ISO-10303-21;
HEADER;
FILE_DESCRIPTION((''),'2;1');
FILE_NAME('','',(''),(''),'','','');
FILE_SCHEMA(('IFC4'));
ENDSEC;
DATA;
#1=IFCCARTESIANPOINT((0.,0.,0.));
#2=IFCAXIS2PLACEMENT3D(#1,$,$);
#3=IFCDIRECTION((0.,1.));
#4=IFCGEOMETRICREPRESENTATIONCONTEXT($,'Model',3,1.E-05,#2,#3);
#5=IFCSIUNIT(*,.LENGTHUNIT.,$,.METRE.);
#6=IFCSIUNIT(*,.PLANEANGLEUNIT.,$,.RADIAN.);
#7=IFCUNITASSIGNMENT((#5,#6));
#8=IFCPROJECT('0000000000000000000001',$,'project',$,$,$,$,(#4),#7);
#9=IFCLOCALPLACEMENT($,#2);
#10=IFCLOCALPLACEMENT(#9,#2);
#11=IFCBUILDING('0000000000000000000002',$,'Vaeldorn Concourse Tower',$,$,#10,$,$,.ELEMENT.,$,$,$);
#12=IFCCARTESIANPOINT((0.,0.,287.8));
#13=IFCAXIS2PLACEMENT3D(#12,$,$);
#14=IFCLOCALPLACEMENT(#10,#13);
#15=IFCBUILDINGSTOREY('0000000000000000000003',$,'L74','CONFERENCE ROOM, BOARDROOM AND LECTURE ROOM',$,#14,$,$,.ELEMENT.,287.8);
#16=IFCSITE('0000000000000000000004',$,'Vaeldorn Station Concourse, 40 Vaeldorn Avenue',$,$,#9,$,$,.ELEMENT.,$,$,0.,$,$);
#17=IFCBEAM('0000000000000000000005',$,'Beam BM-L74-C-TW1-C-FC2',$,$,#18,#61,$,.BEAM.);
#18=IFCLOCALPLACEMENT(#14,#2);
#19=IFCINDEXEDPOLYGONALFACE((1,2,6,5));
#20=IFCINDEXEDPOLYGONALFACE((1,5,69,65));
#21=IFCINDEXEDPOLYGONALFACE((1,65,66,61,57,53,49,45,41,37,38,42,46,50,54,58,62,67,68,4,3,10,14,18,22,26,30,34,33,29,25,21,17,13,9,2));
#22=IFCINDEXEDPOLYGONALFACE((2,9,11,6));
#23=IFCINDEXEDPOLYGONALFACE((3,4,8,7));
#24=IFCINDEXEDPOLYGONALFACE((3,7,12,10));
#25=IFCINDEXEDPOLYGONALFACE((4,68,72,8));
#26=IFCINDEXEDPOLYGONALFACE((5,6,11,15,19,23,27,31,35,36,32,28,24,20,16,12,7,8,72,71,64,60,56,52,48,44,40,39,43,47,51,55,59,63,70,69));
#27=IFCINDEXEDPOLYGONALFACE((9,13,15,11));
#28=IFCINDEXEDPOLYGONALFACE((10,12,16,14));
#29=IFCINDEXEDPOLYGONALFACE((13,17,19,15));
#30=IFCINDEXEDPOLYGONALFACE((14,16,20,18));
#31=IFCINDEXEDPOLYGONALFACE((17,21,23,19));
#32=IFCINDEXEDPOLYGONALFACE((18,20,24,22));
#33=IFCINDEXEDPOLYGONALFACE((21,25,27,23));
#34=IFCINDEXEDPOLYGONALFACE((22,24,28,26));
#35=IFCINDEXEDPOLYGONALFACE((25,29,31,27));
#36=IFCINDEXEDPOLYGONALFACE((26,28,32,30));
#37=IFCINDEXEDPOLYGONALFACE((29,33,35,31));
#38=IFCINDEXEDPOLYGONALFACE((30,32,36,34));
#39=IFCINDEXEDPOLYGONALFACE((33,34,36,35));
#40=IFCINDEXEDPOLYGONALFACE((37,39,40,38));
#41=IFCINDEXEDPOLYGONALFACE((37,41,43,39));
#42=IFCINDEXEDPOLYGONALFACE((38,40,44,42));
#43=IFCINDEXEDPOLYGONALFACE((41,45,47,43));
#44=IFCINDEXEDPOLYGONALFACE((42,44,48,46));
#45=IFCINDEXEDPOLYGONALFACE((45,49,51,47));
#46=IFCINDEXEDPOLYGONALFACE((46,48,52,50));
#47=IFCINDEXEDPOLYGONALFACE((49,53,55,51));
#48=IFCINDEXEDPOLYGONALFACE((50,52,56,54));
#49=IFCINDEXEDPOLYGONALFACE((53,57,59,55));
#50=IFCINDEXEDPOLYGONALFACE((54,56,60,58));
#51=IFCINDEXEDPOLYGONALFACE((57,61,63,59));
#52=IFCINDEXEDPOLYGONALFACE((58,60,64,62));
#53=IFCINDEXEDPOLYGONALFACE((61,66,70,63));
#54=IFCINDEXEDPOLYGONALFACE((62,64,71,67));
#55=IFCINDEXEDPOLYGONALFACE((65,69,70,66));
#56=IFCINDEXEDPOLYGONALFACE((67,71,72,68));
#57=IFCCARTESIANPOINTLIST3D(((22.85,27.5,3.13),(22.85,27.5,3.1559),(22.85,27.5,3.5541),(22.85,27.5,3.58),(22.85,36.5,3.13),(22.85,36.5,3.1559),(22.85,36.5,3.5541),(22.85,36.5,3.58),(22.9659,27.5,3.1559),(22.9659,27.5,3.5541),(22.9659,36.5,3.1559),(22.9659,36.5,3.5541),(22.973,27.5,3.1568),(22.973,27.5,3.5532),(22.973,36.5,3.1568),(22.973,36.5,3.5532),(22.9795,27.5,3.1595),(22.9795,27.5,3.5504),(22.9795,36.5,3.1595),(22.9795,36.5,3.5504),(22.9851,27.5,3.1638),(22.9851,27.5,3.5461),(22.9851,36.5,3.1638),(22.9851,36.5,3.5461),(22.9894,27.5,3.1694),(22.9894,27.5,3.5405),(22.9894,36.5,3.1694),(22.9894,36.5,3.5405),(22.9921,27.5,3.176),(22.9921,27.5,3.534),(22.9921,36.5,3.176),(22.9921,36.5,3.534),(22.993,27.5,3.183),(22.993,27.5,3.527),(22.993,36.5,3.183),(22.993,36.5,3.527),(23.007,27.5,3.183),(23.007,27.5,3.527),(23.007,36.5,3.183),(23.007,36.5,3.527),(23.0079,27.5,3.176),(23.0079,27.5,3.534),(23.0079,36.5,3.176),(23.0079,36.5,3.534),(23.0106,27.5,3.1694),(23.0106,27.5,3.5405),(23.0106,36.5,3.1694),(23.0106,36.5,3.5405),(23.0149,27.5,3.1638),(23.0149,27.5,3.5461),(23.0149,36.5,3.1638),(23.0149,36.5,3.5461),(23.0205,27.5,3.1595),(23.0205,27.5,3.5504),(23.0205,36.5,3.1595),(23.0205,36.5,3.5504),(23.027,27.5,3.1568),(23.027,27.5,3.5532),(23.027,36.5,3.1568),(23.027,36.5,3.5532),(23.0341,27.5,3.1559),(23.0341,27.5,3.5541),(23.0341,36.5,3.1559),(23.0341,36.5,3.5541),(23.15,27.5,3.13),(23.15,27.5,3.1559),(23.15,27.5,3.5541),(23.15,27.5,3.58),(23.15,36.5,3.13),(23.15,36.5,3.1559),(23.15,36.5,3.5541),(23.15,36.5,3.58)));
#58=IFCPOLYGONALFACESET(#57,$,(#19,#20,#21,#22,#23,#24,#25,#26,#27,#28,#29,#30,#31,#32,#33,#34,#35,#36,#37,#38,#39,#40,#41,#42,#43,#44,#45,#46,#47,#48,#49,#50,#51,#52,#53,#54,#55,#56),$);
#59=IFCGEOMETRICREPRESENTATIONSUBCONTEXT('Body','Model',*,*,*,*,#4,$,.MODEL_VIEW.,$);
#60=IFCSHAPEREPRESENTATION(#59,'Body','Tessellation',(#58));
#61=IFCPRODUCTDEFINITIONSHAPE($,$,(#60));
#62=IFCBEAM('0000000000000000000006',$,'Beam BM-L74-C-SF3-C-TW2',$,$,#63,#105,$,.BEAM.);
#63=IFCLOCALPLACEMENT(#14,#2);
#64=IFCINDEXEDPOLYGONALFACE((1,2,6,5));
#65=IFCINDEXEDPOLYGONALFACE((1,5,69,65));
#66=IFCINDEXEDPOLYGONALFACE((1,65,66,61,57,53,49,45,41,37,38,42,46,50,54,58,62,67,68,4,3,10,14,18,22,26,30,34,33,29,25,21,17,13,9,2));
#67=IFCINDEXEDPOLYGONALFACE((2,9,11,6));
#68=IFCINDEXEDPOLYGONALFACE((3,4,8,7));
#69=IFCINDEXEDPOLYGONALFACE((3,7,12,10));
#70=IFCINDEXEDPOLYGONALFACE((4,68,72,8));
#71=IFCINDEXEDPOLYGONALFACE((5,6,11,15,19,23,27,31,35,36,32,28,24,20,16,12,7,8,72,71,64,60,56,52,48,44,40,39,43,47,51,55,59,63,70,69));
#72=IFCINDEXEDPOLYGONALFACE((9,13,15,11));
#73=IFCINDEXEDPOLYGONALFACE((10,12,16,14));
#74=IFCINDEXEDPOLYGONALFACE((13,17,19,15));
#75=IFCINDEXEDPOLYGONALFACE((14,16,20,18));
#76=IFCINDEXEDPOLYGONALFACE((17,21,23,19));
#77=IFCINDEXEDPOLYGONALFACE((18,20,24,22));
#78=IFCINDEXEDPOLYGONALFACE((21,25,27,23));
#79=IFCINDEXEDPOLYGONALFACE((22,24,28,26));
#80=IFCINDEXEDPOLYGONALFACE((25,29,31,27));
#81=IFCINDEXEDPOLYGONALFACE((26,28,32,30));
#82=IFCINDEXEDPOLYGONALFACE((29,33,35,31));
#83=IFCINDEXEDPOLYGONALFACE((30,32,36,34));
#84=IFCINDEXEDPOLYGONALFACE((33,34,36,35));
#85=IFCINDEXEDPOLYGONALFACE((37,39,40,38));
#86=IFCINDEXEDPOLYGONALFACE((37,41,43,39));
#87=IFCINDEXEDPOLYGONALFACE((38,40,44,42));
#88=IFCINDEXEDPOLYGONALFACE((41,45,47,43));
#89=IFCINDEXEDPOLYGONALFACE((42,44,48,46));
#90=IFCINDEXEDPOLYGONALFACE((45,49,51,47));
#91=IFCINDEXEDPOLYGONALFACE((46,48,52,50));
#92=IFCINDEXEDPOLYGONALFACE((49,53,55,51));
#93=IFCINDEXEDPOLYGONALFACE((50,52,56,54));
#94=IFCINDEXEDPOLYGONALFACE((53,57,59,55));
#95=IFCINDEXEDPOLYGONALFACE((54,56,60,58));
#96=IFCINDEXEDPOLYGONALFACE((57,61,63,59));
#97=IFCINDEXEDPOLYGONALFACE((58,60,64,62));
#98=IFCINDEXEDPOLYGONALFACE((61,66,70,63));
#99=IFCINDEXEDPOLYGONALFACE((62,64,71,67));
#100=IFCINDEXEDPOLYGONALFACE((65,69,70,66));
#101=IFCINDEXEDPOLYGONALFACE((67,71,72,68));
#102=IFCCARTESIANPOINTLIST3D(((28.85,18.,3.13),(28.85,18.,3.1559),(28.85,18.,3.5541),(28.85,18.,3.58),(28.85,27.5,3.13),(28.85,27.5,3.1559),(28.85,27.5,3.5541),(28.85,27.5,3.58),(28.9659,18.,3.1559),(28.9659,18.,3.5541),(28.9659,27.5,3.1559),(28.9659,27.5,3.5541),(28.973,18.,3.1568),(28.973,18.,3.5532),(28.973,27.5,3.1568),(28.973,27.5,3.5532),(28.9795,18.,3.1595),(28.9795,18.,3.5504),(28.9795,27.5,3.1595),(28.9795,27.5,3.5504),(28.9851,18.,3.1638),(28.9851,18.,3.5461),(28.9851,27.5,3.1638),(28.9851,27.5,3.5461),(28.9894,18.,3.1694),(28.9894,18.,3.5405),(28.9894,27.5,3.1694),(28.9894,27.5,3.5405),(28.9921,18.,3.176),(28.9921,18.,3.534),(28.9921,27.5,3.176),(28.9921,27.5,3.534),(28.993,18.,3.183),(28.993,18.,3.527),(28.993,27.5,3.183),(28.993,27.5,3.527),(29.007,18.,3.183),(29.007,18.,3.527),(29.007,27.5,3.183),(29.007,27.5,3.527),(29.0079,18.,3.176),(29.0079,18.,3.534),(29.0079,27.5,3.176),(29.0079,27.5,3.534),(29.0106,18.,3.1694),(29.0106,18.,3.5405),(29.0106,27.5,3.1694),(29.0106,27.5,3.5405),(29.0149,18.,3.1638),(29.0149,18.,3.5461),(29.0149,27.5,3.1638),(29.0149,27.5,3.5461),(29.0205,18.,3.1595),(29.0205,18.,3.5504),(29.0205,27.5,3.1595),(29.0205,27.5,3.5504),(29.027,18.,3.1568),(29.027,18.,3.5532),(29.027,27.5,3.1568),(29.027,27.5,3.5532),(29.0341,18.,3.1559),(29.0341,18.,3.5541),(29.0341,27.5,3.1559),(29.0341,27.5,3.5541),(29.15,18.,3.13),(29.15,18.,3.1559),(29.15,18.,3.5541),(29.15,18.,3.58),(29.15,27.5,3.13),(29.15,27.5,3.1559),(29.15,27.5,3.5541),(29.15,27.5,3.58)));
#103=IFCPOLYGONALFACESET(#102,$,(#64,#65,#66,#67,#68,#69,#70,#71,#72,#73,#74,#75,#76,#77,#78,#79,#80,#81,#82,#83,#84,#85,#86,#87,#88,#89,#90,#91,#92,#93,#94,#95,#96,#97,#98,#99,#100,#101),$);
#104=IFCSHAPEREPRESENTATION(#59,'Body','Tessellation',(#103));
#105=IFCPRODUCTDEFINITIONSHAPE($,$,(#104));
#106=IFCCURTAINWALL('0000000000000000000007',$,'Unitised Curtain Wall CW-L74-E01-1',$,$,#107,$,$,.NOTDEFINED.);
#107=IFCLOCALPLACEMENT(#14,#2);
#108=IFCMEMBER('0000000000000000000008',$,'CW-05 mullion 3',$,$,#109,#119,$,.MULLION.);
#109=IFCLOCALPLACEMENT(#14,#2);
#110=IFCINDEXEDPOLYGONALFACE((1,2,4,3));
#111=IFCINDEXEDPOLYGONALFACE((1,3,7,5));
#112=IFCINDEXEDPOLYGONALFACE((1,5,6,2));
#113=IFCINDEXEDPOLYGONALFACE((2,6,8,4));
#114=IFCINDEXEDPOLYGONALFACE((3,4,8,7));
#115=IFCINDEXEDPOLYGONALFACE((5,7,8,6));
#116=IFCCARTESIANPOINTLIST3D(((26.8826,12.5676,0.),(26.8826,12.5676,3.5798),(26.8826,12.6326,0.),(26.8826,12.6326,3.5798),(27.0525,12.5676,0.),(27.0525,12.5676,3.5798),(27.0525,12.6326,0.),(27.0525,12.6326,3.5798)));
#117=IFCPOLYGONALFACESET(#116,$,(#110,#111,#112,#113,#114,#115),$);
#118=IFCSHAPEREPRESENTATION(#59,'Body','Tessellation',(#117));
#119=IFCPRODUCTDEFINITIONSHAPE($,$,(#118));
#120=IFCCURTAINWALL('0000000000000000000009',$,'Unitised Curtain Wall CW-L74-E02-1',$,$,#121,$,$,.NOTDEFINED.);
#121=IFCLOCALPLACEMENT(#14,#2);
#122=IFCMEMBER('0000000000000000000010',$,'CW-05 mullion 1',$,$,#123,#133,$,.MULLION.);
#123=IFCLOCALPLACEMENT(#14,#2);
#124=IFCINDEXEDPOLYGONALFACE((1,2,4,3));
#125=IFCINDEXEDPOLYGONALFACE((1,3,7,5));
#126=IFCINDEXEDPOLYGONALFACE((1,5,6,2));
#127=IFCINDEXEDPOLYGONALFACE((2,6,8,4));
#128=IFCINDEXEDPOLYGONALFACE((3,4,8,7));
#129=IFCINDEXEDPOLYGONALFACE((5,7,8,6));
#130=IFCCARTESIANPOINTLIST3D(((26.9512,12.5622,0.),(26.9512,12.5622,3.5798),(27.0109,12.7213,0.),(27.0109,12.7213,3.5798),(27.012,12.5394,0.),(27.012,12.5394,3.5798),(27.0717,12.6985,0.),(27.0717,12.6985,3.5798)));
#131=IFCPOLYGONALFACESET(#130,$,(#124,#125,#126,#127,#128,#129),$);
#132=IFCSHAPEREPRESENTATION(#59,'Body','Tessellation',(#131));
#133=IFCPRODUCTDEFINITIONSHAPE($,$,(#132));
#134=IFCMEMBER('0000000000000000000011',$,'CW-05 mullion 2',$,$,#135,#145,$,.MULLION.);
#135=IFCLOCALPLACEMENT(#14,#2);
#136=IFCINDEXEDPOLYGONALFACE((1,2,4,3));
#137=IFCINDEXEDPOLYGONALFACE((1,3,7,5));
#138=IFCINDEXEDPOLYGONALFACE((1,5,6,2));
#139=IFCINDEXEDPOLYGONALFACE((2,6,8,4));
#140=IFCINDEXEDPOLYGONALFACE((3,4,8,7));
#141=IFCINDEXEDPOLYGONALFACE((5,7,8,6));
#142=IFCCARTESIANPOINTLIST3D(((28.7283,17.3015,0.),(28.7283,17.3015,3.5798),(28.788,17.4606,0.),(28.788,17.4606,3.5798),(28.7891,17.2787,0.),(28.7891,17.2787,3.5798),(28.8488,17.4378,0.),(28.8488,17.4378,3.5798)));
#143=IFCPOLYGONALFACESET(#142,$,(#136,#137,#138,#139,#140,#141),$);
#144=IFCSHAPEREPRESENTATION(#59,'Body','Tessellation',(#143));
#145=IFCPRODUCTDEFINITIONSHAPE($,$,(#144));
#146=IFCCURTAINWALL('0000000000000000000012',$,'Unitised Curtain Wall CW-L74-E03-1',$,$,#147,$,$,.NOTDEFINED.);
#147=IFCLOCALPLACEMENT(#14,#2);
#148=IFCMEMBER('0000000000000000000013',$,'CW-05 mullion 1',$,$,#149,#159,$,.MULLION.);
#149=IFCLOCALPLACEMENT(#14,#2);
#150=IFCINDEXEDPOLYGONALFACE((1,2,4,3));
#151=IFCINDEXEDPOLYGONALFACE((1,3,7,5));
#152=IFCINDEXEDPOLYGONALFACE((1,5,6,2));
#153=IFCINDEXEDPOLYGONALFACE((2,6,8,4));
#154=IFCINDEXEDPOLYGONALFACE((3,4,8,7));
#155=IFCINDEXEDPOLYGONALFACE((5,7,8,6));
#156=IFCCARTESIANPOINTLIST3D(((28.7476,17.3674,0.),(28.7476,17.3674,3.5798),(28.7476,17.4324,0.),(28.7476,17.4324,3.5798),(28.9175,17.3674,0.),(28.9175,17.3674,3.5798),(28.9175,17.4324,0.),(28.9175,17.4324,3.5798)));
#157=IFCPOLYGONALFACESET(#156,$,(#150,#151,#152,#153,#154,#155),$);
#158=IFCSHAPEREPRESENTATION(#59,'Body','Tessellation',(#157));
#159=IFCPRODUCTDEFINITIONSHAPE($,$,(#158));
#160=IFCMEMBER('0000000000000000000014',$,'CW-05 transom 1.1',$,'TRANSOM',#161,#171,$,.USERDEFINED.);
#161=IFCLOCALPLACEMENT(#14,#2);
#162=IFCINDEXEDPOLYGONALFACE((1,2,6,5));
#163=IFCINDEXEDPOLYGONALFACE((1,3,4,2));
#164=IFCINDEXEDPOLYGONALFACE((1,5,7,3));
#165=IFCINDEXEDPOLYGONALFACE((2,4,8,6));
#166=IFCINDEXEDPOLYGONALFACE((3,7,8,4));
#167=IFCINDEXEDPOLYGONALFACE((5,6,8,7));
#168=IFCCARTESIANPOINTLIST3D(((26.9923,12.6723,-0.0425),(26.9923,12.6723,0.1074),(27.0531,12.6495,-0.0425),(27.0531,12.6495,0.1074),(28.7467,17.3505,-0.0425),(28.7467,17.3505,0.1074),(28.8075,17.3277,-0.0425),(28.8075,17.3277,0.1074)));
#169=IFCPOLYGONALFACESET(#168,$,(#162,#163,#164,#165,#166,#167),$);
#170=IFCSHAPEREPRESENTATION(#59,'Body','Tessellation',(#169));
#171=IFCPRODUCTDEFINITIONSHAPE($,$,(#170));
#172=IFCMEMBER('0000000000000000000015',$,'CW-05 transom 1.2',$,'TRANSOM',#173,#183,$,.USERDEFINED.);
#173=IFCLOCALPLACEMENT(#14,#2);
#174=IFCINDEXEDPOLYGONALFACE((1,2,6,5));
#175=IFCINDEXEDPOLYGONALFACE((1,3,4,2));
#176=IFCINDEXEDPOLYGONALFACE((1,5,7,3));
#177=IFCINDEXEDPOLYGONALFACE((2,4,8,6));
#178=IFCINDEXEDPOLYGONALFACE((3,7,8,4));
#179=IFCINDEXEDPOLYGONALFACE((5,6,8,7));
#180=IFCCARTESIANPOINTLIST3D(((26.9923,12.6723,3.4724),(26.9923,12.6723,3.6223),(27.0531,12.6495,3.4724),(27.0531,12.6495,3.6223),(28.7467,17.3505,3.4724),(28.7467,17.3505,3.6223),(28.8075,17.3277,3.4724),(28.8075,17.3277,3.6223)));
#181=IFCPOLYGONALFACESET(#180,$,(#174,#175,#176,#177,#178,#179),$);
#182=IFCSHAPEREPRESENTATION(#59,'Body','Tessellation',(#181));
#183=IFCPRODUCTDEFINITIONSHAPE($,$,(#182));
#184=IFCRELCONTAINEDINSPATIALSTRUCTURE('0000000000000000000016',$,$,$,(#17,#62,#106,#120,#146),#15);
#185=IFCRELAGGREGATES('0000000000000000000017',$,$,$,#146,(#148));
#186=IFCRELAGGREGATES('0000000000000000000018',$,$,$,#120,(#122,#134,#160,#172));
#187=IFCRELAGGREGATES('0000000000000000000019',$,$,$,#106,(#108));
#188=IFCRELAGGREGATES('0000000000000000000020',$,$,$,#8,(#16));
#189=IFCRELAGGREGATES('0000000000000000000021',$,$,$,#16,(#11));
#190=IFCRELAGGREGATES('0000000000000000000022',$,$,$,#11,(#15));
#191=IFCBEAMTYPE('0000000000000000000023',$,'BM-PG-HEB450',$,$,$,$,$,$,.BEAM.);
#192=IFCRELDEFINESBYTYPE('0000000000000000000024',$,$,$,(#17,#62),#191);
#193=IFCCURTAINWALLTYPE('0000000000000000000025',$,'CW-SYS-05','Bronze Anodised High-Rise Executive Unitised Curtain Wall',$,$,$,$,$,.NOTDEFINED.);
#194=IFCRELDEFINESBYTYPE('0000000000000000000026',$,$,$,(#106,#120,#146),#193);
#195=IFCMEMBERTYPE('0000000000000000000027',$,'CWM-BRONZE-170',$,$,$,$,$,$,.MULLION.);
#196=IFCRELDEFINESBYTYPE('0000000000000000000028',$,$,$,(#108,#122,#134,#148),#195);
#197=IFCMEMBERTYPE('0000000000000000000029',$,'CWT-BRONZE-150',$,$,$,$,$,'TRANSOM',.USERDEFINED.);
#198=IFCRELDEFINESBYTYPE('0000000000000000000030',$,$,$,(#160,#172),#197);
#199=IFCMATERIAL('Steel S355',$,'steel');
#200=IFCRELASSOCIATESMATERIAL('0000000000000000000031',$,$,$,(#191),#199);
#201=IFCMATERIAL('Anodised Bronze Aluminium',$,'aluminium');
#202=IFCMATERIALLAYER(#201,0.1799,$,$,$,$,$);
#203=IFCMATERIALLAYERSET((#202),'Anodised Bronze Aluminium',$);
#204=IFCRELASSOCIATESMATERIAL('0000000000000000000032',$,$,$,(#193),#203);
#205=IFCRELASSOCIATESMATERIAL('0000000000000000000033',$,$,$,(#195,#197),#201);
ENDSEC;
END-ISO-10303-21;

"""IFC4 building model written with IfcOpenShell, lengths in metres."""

from ifc_helpers import new_model, si_unit, direction, frame, origin, origin_2d, place, context, subcontext, project, spatial, rectangle, i_section, extrude, source, transform, mapped, material, layer, layer_set, material_profile, profile_set, type_object, element, aggregate, save


model = new_model("IFC4")

# Units and contexts
model_context = context("Model", 3, precision=1e-05, world=origin(), true_north=direction((0.0, 1.0)))
body_context = subcontext(model_context, "Body", "Model", "MODEL_VIEW")
ifc_project = project(units=[si_unit("LENGTHUNIT", "METRE"), si_unit("PLANEANGLEUNIT", "RADIAN")], contexts=[model_context])

# Site, building, storey
site_placement = place(None, origin())
site = spatial("IfcSite", under=ifc_project, at=site_placement, Name="Vaeldorn Station Concourse, 40 Vaeldorn Avenue", CompositionType="ELEMENT", RefElevation=0.0)
building_placement = place(site_placement, origin())
building = spatial("IfcBuilding", under=site, at=building_placement, Name="Vaeldorn Concourse Tower", CompositionType="ELEMENT")
storey_placement = place(building_placement, frame((0.0, 0.0, 287.8)))
storey = spatial("IfcBuildingStorey", under=building, at=storey_placement, Name="L74", Description="CONFERENCE ROOM, BOARDROOM AND LECTURE ROOM", CompositionType="ELEMENT", Elevation=287.8)

# Shared definitions
ifc_material_1 = material(Name="Steel S355", Category="steel")

# Beams
ifc_material_profile_1 = material_profile(ifc_material_1, i_section(OverallWidth=0.3, OverallDepth=0.45, WebThickness=0.0139, FlangeThickness=0.0259, FilletRadius=0.0271, at=origin_2d()), Name="HEB 450")
ifc_profile_set_1 = profile_set([ifc_material_profile_1], Name="Steel S355")
beam_type_1 = type_object("IfcBeamType", Name="BM-PG-HEB450", PredefinedType="BEAM", material=ifc_profile_set_1)
shared_shape_1 = source(origin(), body_context, "Body", "SweptSolid", [
    extrude(i_section(OverallWidth=0.3, OverallDepth=0.45, WebThickness=0.0139, FlangeThickness=0.0259, FilletRadius=0.0271, at=origin_2d()), origin(), (0.0, 0.0, 1.0), 9.0),
])
beam_1_placement = place(storey_placement, frame((23.0, 27.5, 3.355), z_axis=(0.0, 1.0, 0.0), x_axis=(-1.0, 0.0, 0.0)))
element("IfcBeam", 1, at=beam_1_placement, inside=storey, type_object=beam_type_1, Name="Beam BM-L74-C-TW1-C-FC2", PredefinedType="BEAM", context=body_context, shape_type="MappedRepresentation", body=[
    mapped(shared_shape_1, transform((0.0, 0.0, 0.0), scale=1.0)),
])
shared_shape_2 = source(origin(), body_context, "Body", "SweptSolid", [
    extrude(i_section(OverallWidth=0.3, OverallDepth=0.45, WebThickness=0.0139, FlangeThickness=0.0259, FilletRadius=0.0271, at=origin_2d()), origin(), (0.0, 0.0, 1.0), 9.5),
])
beam_2_placement = place(storey_placement, frame((29.0, 18.0, 3.355), z_axis=(0.0, 1.0, 0.0), x_axis=(-1.0, 0.0, 0.0)))
element("IfcBeam", 2, at=beam_2_placement, inside=storey, type_object=beam_type_1, Name="Beam BM-L74-C-SF3-C-TW2", PredefinedType="BEAM", context=body_context, shape_type="MappedRepresentation", body=[
    mapped(shared_shape_2, transform((0.0, 0.0, 0.0), scale=1.0)),
])

# Curtain wall, member
ifc_material_2 = material(Name="Anodised Bronze Aluminium", Category="aluminium")
ifc_layer_1 = layer(ifc_material_2, 0.1799)
ifc_layer_set_1 = layer_set([ifc_layer_1], Name="Anodised Bronze Aluminium")
curtain_wall_type = type_object("IfcCurtainWallType", Name="CW-SYS-05", Description="Bronze Anodised High-Rise Executive Unitised Curtain Wall", PredefinedType="NOTDEFINED", material=ifc_layer_set_1)
curtain_wall_1_placement = place(storey_placement, origin())
curtain_wall_1 = element("IfcCurtainWall", 3, at=curtain_wall_1_placement, inside=storey, type_object=curtain_wall_type, Name="Unitised Curtain Wall CW-L74-E01-1", PredefinedType="NOTDEFINED")
ifc_material_profile_2 = material_profile(ifc_material_2, rectangle(XDim=0.0649, YDim=0.1699, at=origin_2d()), Name="CWM 65x170")
ifc_profile_set_2 = profile_set([ifc_material_profile_2], Name="Anodised Bronze Aluminium")
member_type_1 = type_object("IfcMemberType", Name="CWM-BRONZE-170", PredefinedType="MULLION", material=ifc_profile_set_2)
shared_shape_3 = source(origin(), body_context, "Body", "SweptSolid", [
    extrude(rectangle(XDim=0.0649, YDim=0.1699, at=origin_2d()), origin(), (0.0, 0.0, 1.0), 3.5798),
])
member_1_placement = place(storey_placement, frame((26.9675, 12.6001, 0.0), z_axis=(0.0, 0.0, 1.0), x_axis=(0.0, 1.0, 0.0)))
member_1 = element("IfcMember", 4, at=member_1_placement, type_object=member_type_1, Name="CW-05 mullion 3", PredefinedType="MULLION", context=body_context, shape_type="MappedRepresentation", body=[
    mapped(shared_shape_3, transform((0.0, 0.0, 0.0), scale=1.0)),
])

# Curtain wall, members
curtain_wall_2_placement = place(storey_placement, origin())
curtain_wall_2 = element("IfcCurtainWall", 5, at=curtain_wall_2_placement, inside=storey, type_object=curtain_wall_type, Name="Unitised Curtain Wall CW-L74-E02-1", PredefinedType="NOTDEFINED")
member_2_placement = place(storey_placement, frame((27.0115, 12.6304, 0.0), z_axis=(0.0, 0.0, 1.0), x_axis=(-0.936329, 0.351123, 0.0)))
member_2 = element("IfcMember", 6, at=member_2_placement, type_object=member_type_1, Name="CW-05 mullion 1", PredefinedType="MULLION", context=body_context, shape_type="MappedRepresentation", body=[
    mapped(shared_shape_3, transform((0.0, 0.0, 0.0), scale=1.0)),
])
member_3_placement = place(storey_placement, frame((28.7886, 17.3696, 0.0), z_axis=(0.0, 0.0, 1.0), x_axis=(-0.936329, 0.351123, 0.0)))
member_3 = element("IfcMember", 7, at=member_3_placement, type_object=member_type_1, Name="CW-05 mullion 2", PredefinedType="MULLION", context=body_context, shape_type="MappedRepresentation", body=[
    mapped(shared_shape_3, transform((0.0, 0.0, 0.0), scale=1.0)),
])

# Curtain wall, member
curtain_wall_3_placement = place(storey_placement, origin())
curtain_wall_3 = element("IfcCurtainWall", 8, at=curtain_wall_3_placement, inside=storey, type_object=curtain_wall_type, Name="Unitised Curtain Wall CW-L74-E03-1", PredefinedType="NOTDEFINED")
member_4_placement = place(storey_placement, frame((28.8325, 17.3999, 0.0), z_axis=(0.0, 0.0, 1.0), x_axis=(0.0, 1.0, 0.0)))
member_4 = element("IfcMember", 9, at=member_4_placement, type_object=member_type_1, Name="CW-05 mullion 1", PredefinedType="MULLION", context=body_context, shape_type="MappedRepresentation", body=[
    mapped(shared_shape_3, transform((0.0, 0.0, 0.0), scale=1.0)),
])

# Members
ifc_material_profile_3 = material_profile(ifc_material_2, rectangle(XDim=0.0649, YDim=0.1499, at=origin_2d()), Name="CWT 65x150")
ifc_profile_set_3 = profile_set([ifc_material_profile_3], Name="Anodised Bronze Aluminium")
member_type_2 = type_object("IfcMemberType", Name="CWT-BRONZE-150", ElementType="TRANSOM", PredefinedType="USERDEFINED", material=ifc_profile_set_3)
shared_shape_4 = source(origin(), body_context, "Body", "SweptSolid", [
    extrude(rectangle(XDim=0.0649, YDim=0.1499, at=origin_2d()), origin(), (0.0, 0.0, 1.0), 4.9963),
])
member_5_placement = place(storey_placement, frame((27.0227, 12.6609, 0.0325), z_axis=(0.351134, 0.936325, 0.0), x_axis=(-0.936325, 0.351134, 0.0)))
member_5 = element("IfcMember", 10, at=member_5_placement, type_object=member_type_2, Name="CW-05 transom 1.1", ObjectType="TRANSOM", PredefinedType="USERDEFINED", context=body_context, shape_type="MappedRepresentation", body=[
    mapped(shared_shape_4, transform((0.0, 0.0, 0.0), scale=1.0)),
])
member_6_placement = place(storey_placement, frame((27.0227, 12.6609, 3.5474), z_axis=(0.351134, 0.936325, 0.0), x_axis=(-0.936325, 0.351134, 0.0)))
member_6 = element("IfcMember", 11, at=member_6_placement, type_object=member_type_2, Name="CW-05 transom 1.2", ObjectType="TRANSOM", PredefinedType="USERDEFINED", context=body_context, shape_type="MappedRepresentation", body=[
    mapped(shared_shape_4, transform((0.0, 0.0, 0.0), scale=1.0)),
])
aggregate(curtain_wall_3, [member_4])

aggregate(curtain_wall_2, [member_2, member_3, member_5, member_6])
aggregate(curtain_wall_1, [member_1])

save(model, "model.ifc")
